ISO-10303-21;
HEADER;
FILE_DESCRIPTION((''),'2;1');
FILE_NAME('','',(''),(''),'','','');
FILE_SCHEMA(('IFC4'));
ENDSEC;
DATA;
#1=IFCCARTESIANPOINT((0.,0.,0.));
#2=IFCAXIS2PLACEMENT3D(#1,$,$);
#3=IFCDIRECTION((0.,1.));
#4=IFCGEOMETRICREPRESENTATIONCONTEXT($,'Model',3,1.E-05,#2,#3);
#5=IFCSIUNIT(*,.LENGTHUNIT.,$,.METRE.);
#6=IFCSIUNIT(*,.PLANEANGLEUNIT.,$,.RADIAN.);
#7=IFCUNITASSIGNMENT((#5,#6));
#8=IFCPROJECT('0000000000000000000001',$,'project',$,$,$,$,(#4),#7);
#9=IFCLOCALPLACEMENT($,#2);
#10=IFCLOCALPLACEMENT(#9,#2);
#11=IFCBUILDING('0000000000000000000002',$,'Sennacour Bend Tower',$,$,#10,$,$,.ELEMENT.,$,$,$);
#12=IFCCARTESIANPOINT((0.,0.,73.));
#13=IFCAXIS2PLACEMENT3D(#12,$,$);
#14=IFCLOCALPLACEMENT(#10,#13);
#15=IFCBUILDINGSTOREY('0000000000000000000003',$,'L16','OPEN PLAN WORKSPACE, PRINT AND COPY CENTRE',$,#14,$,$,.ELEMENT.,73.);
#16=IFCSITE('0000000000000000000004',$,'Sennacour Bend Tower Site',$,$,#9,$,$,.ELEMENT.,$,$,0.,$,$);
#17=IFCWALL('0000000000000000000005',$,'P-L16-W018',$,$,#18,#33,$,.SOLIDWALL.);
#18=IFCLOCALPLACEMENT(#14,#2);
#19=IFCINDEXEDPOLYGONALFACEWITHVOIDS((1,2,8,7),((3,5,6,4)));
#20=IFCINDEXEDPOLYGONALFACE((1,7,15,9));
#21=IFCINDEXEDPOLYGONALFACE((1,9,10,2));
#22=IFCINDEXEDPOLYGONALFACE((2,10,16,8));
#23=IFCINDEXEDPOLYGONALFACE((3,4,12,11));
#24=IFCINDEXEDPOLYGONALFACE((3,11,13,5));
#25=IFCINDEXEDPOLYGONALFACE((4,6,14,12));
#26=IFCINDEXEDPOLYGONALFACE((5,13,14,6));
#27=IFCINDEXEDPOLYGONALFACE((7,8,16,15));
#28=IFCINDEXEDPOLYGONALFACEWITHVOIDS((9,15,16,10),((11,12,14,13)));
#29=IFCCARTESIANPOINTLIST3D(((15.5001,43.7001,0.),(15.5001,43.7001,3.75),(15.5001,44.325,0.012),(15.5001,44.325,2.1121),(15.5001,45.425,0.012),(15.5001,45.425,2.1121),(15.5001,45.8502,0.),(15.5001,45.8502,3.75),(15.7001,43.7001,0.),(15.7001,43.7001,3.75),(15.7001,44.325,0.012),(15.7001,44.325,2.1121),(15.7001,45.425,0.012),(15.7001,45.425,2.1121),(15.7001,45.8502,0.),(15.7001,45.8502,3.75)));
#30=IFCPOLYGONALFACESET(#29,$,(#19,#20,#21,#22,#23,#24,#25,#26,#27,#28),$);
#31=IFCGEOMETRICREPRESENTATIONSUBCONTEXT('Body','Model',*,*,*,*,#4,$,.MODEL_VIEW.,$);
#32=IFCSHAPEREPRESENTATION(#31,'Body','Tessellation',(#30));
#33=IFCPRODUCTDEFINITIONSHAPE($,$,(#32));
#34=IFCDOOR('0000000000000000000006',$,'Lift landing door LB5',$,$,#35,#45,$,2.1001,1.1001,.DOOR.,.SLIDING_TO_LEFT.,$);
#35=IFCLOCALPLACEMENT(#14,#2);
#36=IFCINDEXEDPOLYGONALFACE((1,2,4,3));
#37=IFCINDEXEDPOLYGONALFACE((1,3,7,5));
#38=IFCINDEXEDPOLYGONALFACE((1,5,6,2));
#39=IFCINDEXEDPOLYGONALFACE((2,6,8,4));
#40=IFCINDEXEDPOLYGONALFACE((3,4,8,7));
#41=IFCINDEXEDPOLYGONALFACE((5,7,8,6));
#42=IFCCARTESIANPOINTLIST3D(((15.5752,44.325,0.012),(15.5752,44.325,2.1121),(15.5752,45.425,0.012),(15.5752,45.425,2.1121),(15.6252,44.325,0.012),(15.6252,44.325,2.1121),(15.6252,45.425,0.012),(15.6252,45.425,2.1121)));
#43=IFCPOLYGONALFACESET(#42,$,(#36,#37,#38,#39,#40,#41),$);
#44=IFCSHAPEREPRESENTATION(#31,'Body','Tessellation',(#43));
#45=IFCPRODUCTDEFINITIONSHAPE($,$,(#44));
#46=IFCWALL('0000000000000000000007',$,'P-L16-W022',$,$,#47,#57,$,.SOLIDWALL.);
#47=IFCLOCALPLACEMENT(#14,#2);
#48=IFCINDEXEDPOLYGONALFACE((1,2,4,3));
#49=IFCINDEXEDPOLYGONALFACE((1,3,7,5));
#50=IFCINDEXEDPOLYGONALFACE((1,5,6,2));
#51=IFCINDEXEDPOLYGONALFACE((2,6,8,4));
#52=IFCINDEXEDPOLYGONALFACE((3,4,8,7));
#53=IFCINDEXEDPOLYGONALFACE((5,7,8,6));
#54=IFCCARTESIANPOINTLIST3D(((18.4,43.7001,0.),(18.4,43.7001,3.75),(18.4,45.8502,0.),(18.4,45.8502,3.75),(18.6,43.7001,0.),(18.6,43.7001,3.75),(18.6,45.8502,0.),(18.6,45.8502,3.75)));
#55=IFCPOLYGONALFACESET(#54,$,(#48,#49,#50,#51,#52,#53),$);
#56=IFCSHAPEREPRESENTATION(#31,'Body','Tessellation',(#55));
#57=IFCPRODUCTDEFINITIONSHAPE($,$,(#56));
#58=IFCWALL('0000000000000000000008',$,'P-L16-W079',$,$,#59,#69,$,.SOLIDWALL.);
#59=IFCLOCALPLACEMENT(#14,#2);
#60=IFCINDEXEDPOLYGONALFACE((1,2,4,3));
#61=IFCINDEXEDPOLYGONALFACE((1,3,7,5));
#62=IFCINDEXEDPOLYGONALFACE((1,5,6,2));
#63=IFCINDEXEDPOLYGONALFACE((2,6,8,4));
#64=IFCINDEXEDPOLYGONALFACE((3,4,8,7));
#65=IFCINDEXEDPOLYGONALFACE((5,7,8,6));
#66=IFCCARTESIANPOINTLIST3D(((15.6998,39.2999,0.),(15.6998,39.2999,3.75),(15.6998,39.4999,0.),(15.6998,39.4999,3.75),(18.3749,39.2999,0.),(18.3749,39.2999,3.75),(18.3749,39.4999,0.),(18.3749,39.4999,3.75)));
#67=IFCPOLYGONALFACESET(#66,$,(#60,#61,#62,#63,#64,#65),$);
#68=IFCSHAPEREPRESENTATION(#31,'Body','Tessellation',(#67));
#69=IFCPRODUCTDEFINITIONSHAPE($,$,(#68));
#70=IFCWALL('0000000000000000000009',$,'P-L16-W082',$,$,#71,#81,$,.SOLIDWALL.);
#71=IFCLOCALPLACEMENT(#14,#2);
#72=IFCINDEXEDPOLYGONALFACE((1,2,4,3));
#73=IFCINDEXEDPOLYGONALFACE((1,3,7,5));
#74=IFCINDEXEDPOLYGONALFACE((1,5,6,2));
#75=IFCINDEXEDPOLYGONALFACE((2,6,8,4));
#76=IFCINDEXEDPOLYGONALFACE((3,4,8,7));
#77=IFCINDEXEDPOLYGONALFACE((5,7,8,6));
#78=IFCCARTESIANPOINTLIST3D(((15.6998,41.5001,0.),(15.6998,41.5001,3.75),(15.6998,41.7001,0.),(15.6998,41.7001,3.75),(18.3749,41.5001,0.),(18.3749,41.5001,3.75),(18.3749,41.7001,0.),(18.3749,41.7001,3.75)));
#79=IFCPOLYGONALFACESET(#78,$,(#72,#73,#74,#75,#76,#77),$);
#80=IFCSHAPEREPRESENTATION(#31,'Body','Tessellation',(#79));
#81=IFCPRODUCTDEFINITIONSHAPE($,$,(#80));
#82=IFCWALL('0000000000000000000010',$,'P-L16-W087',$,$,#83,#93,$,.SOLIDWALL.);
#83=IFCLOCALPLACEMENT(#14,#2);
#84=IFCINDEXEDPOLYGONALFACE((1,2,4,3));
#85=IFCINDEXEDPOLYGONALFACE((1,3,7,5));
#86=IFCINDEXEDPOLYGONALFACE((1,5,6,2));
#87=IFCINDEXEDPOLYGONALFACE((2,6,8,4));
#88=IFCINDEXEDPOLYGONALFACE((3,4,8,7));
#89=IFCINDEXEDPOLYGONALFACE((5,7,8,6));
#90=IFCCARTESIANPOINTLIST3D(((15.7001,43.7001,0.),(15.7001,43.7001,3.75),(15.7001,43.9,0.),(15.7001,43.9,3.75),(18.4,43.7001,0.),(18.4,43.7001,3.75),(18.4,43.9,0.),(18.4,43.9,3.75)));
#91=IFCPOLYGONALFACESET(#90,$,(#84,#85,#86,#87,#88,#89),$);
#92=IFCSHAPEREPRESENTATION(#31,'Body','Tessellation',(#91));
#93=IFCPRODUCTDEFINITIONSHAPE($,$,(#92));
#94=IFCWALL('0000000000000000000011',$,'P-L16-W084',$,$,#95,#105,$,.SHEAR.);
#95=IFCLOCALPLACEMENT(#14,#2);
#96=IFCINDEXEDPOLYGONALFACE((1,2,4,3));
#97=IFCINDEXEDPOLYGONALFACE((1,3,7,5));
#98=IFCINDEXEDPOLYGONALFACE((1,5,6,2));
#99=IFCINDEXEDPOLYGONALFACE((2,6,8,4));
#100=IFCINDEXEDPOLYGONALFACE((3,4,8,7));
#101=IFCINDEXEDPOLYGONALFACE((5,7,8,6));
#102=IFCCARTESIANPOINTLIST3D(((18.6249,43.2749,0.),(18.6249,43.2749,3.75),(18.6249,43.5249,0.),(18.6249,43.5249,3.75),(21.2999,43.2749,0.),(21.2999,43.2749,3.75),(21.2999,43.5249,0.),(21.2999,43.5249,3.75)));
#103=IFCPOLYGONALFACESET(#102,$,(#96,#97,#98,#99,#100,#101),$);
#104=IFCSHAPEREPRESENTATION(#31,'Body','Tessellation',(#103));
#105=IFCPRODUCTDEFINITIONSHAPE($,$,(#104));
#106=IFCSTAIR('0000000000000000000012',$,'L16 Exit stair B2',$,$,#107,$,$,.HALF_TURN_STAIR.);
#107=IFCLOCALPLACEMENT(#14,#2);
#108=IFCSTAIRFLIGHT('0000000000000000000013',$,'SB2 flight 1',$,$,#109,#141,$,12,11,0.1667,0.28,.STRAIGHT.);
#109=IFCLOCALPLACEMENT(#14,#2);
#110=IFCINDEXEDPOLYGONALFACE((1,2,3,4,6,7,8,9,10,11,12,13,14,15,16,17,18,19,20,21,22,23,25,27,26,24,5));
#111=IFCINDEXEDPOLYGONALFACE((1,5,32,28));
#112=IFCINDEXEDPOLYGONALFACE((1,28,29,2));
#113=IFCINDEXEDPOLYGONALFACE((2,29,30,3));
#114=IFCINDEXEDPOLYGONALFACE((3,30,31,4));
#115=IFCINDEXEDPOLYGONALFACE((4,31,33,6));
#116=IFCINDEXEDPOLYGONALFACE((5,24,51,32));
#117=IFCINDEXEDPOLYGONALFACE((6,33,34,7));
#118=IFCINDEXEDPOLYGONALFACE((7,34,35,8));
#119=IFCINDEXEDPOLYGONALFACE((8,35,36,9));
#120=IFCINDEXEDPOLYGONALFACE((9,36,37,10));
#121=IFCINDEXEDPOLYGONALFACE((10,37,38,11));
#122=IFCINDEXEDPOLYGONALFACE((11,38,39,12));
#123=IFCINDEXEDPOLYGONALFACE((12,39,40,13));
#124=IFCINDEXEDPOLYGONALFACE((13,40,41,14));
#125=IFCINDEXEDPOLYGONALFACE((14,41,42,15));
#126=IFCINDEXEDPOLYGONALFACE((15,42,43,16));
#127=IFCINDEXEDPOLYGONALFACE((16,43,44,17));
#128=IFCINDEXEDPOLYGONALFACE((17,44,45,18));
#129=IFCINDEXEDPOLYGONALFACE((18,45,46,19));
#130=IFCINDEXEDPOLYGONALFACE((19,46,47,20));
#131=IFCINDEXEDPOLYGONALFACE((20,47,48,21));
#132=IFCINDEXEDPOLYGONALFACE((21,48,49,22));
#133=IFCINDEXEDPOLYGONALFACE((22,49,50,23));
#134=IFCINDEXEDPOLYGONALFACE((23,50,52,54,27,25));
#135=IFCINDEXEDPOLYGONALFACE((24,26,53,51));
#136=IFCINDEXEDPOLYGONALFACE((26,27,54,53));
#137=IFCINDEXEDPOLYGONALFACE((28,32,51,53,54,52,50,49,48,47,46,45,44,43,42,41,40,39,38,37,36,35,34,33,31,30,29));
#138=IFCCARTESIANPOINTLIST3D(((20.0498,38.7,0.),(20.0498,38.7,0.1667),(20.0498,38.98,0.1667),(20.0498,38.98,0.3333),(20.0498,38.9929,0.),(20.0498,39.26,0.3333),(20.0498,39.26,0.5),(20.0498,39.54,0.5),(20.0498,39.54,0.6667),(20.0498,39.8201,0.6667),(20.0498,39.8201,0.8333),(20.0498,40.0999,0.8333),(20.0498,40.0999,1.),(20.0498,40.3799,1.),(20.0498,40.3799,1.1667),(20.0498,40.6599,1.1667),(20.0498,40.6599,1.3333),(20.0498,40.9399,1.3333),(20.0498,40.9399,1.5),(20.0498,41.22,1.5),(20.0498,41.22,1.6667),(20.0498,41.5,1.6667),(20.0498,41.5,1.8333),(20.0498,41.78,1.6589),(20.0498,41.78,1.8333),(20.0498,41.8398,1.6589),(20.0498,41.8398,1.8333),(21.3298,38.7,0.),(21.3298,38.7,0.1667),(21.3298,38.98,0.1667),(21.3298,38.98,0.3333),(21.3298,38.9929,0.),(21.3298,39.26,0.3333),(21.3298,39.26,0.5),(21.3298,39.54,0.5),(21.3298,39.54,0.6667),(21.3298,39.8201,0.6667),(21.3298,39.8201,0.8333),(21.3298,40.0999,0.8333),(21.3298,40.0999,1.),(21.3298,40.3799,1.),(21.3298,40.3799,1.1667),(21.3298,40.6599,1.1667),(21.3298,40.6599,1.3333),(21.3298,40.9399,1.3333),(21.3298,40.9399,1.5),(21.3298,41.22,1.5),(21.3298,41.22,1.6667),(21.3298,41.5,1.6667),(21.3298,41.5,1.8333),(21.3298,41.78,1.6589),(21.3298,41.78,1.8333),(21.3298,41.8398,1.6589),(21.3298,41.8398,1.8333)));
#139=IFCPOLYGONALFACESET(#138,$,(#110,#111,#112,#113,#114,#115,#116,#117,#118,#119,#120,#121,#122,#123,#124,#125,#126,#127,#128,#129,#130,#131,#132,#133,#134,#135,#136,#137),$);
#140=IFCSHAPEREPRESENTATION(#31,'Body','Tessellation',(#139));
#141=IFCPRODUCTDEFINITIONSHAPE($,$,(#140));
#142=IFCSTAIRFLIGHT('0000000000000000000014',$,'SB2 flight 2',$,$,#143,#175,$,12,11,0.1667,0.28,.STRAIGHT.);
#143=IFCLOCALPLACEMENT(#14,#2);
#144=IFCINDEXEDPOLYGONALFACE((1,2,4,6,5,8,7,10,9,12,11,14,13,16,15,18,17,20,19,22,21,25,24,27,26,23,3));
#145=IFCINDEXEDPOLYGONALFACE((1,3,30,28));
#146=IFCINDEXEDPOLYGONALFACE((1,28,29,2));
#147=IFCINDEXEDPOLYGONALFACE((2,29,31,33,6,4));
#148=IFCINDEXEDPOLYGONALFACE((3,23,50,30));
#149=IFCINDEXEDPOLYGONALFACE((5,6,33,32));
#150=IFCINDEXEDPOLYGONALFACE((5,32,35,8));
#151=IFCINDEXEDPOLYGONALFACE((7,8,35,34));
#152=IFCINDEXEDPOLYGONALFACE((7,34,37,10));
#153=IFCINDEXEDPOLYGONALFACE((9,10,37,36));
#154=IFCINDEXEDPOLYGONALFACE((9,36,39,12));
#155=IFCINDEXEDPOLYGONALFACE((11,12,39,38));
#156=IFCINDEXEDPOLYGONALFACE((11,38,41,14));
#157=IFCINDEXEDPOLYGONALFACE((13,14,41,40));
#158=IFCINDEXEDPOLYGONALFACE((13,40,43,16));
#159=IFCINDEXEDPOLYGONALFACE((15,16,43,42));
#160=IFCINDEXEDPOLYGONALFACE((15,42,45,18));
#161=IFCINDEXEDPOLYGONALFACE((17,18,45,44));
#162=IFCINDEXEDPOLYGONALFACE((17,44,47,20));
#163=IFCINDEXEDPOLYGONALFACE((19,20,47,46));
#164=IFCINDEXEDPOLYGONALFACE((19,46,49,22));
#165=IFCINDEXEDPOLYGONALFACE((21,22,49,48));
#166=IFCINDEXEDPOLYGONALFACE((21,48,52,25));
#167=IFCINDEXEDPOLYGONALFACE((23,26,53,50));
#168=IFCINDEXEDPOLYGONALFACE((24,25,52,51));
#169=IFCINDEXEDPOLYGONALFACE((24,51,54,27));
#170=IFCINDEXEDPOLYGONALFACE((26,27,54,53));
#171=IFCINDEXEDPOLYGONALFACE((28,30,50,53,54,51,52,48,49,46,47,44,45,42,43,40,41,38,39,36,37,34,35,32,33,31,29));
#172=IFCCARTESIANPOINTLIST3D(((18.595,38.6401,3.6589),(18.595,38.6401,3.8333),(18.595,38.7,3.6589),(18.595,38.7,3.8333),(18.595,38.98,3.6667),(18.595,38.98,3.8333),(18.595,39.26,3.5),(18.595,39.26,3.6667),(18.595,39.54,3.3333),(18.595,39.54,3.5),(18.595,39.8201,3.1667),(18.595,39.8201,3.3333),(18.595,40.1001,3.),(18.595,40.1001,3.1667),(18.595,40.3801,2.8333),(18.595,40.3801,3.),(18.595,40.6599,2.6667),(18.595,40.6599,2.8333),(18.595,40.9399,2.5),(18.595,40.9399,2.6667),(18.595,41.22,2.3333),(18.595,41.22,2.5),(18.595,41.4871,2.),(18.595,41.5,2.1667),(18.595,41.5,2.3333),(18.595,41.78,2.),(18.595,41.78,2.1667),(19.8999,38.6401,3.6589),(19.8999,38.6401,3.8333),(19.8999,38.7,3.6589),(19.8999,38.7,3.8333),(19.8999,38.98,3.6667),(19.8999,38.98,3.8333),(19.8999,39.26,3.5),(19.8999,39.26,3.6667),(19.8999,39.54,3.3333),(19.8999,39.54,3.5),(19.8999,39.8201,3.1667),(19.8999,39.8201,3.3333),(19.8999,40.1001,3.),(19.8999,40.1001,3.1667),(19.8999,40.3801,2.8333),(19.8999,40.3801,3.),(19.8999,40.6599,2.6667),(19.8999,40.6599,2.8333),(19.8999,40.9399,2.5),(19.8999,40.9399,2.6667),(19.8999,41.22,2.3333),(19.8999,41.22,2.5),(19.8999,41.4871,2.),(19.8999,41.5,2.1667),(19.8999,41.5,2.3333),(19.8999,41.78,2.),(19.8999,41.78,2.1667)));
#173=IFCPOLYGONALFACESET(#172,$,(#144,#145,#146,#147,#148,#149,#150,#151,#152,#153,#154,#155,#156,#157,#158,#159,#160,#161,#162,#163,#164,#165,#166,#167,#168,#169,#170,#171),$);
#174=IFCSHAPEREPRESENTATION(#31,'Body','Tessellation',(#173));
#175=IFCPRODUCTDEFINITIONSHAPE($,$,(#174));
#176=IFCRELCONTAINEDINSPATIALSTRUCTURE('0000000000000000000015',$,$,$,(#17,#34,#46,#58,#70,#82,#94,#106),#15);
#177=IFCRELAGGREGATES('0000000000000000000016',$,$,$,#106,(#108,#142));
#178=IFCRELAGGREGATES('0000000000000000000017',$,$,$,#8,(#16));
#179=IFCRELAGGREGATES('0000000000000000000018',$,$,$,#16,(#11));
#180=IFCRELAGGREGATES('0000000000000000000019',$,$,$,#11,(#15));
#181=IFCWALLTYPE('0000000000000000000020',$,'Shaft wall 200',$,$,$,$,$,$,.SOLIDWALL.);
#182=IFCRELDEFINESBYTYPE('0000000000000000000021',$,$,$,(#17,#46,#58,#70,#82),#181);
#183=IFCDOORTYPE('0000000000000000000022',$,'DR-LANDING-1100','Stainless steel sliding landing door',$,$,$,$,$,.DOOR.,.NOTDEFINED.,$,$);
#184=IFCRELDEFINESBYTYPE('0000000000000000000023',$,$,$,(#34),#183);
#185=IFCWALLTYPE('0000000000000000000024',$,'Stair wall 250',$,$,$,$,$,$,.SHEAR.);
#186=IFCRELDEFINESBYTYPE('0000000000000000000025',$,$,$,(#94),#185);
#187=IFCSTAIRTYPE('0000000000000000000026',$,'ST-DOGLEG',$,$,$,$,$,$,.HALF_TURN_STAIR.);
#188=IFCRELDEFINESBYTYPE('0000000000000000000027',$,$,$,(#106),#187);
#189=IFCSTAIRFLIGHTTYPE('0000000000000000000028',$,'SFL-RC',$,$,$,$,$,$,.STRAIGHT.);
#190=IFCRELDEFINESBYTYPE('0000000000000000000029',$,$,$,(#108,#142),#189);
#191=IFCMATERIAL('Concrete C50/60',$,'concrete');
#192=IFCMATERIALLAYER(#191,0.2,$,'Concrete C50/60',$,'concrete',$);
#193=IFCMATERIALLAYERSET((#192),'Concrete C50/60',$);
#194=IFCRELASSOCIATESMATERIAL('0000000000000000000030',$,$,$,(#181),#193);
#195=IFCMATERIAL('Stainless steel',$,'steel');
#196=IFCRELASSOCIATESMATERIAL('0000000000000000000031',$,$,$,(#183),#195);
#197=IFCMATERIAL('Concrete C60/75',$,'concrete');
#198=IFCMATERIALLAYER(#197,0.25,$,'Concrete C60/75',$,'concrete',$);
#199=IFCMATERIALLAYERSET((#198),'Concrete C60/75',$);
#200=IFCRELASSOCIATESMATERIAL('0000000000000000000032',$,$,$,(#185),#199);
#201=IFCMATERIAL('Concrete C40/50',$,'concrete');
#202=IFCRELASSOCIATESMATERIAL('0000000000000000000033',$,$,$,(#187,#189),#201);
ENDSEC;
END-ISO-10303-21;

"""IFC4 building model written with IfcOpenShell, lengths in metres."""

from ifc_helpers import new_model, si_unit, direction, frame, frame_2d, origin, place, context, subcontext, project, spatial, polyline, rectangle, outline, extrude, material, layer, layer_set, type_object, element, fill, aggregate, save


model = new_model("IFC4")

# Units and contexts
model_context = context("Model", 3, precision=1e-05, world=origin(), true_north=direction((0.0, 1.0)))
body_context = subcontext(model_context, "Body", "Model", "MODEL_VIEW")
ifc_project = project(units=[si_unit("LENGTHUNIT", "METRE"), si_unit("PLANEANGLEUNIT", "RADIAN")], contexts=[model_context])

# Site, building, storey
site_placement = place(None, origin())
site = spatial("IfcSite", under=ifc_project, at=site_placement, Name="Sennacour Bend Tower Site", CompositionType="ELEMENT", RefElevation=0.0)
building_placement = place(site_placement, origin())
building = spatial("IfcBuilding", under=site, at=building_placement, Name="Sennacour Bend Tower", CompositionType="ELEMENT")
storey_placement = place(building_placement, frame((0.0, 0.0, 73.0)))
storey = spatial("IfcBuildingStorey", under=building, at=storey_placement, Name="L16", Description="OPEN PLAN WORKSPACE, PRINT AND COPY CENTRE", CompositionType="ELEMENT", Elevation=73.0)

# Wall, opening, door
ifc_material_1 = material(Name="Concrete C50/60", Category="concrete")
ifc_layer_1 = layer(ifc_material_1, 0.2, Name="Concrete C50/60", Category="concrete")
ifc_layer_set_1 = layer_set([ifc_layer_1], Name="Concrete C50/60")
wall_type_1 = type_object("IfcWallType", Name="Shaft wall 200", PredefinedType="SOLIDWALL", material=ifc_layer_set_1)
wall_1_placement = place(storey_placement, frame((15.6001, 43.7, 0.0), z_axis=(0.0, 0.0, 1.0), x_axis=(0.0, 1.0, 0.0)))
wall_1 = element("IfcWall", 1, at=wall_1_placement, inside=storey, type_object=wall_type_1, Name="P-L16-W018", PredefinedType="SOLIDWALL", context=body_context, shape_type="SweptSolid", body=[
    extrude(rectangle(XDim=2.1501, YDim=0.2, at=frame_2d((1.0752, 0.0))), origin(), (0.0, 0.0, 1.0), 3.75),
])
opening_1_placement = place(wall_1_placement, frame((0.625, 0.0, 0.012)))
opening_1 = element("IfcOpeningElement", 2, at=opening_1_placement, cuts=wall_1, PredefinedType="OPENING", context=body_context, shape_type="SweptSolid", body=[
    extrude(rectangle(XDim=1.1001, YDim=2.1001, at=frame_2d((0.55, 1.05))), frame((0.0, 0.1099, 0.0), z_axis=(0.0, -1.0, 0.0), x_axis=(1.0, 0.0, 0.0)), (0.0, 0.0, 1.0), 0.22),
])
ifc_material_2 = material(Name="Stainless steel", Category="steel")
door_type_1 = type_object("IfcDoorType", Name="DR-LANDING-1100", Description="Stainless steel sliding landing door", OperationType="NOTDEFINED", PredefinedType="DOOR", material=ifc_material_2)
door_1_placement = place(opening_1_placement, origin())
door_1 = element("IfcDoor", 3, at=door_1_placement, inside=storey, type_object=door_type_1, Name="Lift landing door LB5", OperationType="SLIDING_TO_LEFT", OverallHeight=2.1001, OverallWidth=1.1001, PredefinedType="DOOR", context=body_context, shape_type="SweptSolid", body=[
    extrude(rectangle(XDim=1.1001, YDim=2.1001, at=frame_2d((0.55, 1.05))), frame((0.0, 0.0249, 0.0), z_axis=(0.0, -1.0, 0.0), x_axis=(1.0, 0.0, 0.0)), (0.0, 0.0, 1.0), 0.05),
])
fill(opening_1, door_1)

# Walls
wall_2_placement = place(storey_placement, frame((18.5, 43.7, 0.0), z_axis=(0.0, 0.0, 1.0), x_axis=(0.0, 1.0, 0.0)))
element("IfcWall", 4, at=wall_2_placement, inside=storey, type_object=wall_type_1, Name="P-L16-W022", PredefinedType="SOLIDWALL", context=body_context, shape_type="SweptSolid", body=[
    extrude(rectangle(XDim=2.1501, YDim=0.2, at=frame_2d((1.0752, 0.0))), origin(), (0.0, 0.0, 1.0), 3.75),
])
for number, where, z_axis, x_axis, name in (
    (5, (15.7, 39.3999, 0.0), (0.0, 0.0, 1.0), (1.0, 0.0, 0.0), "P-L16-W079"),
    (6, (15.7, 41.6001, 0.0), (0.0, 0.0, 1.0), (1.0, 0.0, 0.0), "P-L16-W082"),
):
    element("IfcWall", number, at=place(storey_placement, frame(where, z_axis=z_axis, x_axis=x_axis)), inside=storey, type_object=wall_type_1, Name=name, PredefinedType="SOLIDWALL", context=body_context, shape_type="SweptSolid", body=[
        extrude(rectangle(XDim=2.675, YDim=0.2, at=frame_2d((1.3374, 0.0))), origin(), (0.0, 0.0, 1.0), 3.75),
    ])
wall_3_placement = place(storey_placement, frame((15.7, 43.8, 0.0), z_axis=(0.0, 0.0, 1.0), x_axis=(1.0, 0.0, 0.0)))
element("IfcWall", 7, at=wall_3_placement, inside=storey, type_object=wall_type_1, Name="P-L16-W087", PredefinedType="SOLIDWALL", context=body_context, shape_type="SweptSolid", body=[
    extrude(rectangle(XDim=2.7, YDim=0.2, at=frame_2d((1.3501, 0.0))), origin(), (0.0, 0.0, 1.0), 3.75),
])
ifc_material_3 = material(Name="Concrete C60/75", Category="concrete")
ifc_layer_2 = layer(ifc_material_3, 0.25, Name="Concrete C60/75", Category="concrete")
ifc_layer_set_2 = layer_set([ifc_layer_2], Name="Concrete C60/75")
wall_type_2 = type_object("IfcWallType", Name="Stair wall 250", PredefinedType="SHEAR", material=ifc_layer_set_2)
wall_4_placement = place(storey_placement, frame((18.625, 43.3999, 0.0), z_axis=(0.0, 0.0, 1.0), x_axis=(1.0, 0.0, 0.0)))
element("IfcWall", 8, at=wall_4_placement, inside=storey, type_object=wall_type_2, Name="P-L16-W084", PredefinedType="SHEAR", context=body_context, shape_type="SweptSolid", body=[
    extrude(rectangle(XDim=2.675, YDim=0.25, at=frame_2d((1.3374, 0.0))), origin(), (0.0, 0.0, 1.0), 3.75),
])

# Stair, stair flights
ifc_material_4 = material(Name="Concrete C40/50", Category="concrete")
stair_type = type_object("IfcStairType", Name="ST-DOGLEG", PredefinedType="HALF_TURN_STAIR", material=ifc_material_4)
stair_placement = place(storey_placement, origin())
stair = element("IfcStair", 9, at=stair_placement, inside=storey, type_object=stair_type, Name="L16 Exit stair B2", PredefinedType="HALF_TURN_STAIR")
stair_flight_type = type_object("IfcStairFlightType", Name="SFL-RC", PredefinedType="STRAIGHT", material=ifc_material_4)
stair_flight_1_placement = place(storey_placement, frame((20.6899, 38.7, 0.0), z_axis=(0.0, 0.0, 1.0), x_axis=(0.0, 1.0, 0.0)))
stair_flight_1 = element("IfcStairFlight", 10, at=stair_flight_1_placement, type_object=stair_flight_type, Name="SB2 flight 1", NumberOfRisers=12, NumberOfTreads=11, PredefinedType="STRAIGHT", RiserHeight=0.1667, TreadLength=0.28, context=body_context, shape_type="SweptSolid", body=[
    extrude(outline(polyline([(0.0, 0.0), (0.0, 0.1667), (0.28, 0.1667), (0.28, 0.3333), (0.5601, 0.3333), (0.5601, 0.5), (0.8401, 0.5), (0.8401, 0.6667), (1.1201, 0.6667), (1.1201, 0.8333), (1.3999, 0.8333), (1.3999, 1.0), (1.6799, 1.0), (1.6799, 1.1667), (1.96, 1.1667), (1.96, 1.3333), (2.24, 1.3333), (2.24, 1.5), (2.52, 1.5), (2.52, 1.6667), (2.8, 1.6667), (2.8, 1.8333), (3.0801, 1.8333), (3.1399, 1.8333), (3.1399, 1.6589), (3.0801, 1.6589), (0.293, 0.0), (0.0, 0.0)])), frame((0.0, 0.6401, 0.0), z_axis=(0.0, -1.0, 0.0), x_axis=(1.0, 0.0, 0.0)), (0.0, 0.0, 1.0), 1.28),
])
stair_flight_2_placement = place(storey_placement, frame((19.2476, 41.78, 2.0), z_axis=(0.0, 0.0, 1.0), x_axis=(0.0, -1.0, 0.0)))
stair_flight_2 = element("IfcStairFlight", 11, at=stair_flight_2_placement, type_object=stair_flight_type, Name="SB2 flight 2", NumberOfRisers=12, NumberOfTreads=11, PredefinedType="STRAIGHT", RiserHeight=0.1667, TreadLength=0.28, context=body_context, shape_type="SweptSolid", body=[
    extrude(outline(polyline([(0.0, 0.0), (0.0, 0.1667), (0.28, 0.1667), (0.28, 0.3333), (0.5601, 0.3333), (0.5601, 0.5), (0.8401, 0.5), (0.8401, 0.6667), (1.1201, 0.6667), (1.1201, 0.8333), (1.3999, 0.8333), (1.3999, 1.0), (1.6799, 1.0), (1.6799, 1.1667), (1.96, 1.1667), (1.96, 1.3333), (2.24, 1.3333), (2.24, 1.5), (2.52, 1.5), (2.52, 1.6667), (2.8, 1.6667), (2.8, 1.8333), (3.0801, 1.8333), (3.1399, 1.8333), (3.1399, 1.6589), (3.0801, 1.6589), (0.293, 0.0), (0.0, 0.0)])), frame((0.0, 0.6523, 0.0), z_axis=(0.0, -1.0, 0.0), x_axis=(1.0, 0.0, 0.0)), (0.0, 0.0, 1.0), 1.3049),
])
aggregate(stair, [stair_flight_1, stair_flight_2])

save(model, "model.ifc")
